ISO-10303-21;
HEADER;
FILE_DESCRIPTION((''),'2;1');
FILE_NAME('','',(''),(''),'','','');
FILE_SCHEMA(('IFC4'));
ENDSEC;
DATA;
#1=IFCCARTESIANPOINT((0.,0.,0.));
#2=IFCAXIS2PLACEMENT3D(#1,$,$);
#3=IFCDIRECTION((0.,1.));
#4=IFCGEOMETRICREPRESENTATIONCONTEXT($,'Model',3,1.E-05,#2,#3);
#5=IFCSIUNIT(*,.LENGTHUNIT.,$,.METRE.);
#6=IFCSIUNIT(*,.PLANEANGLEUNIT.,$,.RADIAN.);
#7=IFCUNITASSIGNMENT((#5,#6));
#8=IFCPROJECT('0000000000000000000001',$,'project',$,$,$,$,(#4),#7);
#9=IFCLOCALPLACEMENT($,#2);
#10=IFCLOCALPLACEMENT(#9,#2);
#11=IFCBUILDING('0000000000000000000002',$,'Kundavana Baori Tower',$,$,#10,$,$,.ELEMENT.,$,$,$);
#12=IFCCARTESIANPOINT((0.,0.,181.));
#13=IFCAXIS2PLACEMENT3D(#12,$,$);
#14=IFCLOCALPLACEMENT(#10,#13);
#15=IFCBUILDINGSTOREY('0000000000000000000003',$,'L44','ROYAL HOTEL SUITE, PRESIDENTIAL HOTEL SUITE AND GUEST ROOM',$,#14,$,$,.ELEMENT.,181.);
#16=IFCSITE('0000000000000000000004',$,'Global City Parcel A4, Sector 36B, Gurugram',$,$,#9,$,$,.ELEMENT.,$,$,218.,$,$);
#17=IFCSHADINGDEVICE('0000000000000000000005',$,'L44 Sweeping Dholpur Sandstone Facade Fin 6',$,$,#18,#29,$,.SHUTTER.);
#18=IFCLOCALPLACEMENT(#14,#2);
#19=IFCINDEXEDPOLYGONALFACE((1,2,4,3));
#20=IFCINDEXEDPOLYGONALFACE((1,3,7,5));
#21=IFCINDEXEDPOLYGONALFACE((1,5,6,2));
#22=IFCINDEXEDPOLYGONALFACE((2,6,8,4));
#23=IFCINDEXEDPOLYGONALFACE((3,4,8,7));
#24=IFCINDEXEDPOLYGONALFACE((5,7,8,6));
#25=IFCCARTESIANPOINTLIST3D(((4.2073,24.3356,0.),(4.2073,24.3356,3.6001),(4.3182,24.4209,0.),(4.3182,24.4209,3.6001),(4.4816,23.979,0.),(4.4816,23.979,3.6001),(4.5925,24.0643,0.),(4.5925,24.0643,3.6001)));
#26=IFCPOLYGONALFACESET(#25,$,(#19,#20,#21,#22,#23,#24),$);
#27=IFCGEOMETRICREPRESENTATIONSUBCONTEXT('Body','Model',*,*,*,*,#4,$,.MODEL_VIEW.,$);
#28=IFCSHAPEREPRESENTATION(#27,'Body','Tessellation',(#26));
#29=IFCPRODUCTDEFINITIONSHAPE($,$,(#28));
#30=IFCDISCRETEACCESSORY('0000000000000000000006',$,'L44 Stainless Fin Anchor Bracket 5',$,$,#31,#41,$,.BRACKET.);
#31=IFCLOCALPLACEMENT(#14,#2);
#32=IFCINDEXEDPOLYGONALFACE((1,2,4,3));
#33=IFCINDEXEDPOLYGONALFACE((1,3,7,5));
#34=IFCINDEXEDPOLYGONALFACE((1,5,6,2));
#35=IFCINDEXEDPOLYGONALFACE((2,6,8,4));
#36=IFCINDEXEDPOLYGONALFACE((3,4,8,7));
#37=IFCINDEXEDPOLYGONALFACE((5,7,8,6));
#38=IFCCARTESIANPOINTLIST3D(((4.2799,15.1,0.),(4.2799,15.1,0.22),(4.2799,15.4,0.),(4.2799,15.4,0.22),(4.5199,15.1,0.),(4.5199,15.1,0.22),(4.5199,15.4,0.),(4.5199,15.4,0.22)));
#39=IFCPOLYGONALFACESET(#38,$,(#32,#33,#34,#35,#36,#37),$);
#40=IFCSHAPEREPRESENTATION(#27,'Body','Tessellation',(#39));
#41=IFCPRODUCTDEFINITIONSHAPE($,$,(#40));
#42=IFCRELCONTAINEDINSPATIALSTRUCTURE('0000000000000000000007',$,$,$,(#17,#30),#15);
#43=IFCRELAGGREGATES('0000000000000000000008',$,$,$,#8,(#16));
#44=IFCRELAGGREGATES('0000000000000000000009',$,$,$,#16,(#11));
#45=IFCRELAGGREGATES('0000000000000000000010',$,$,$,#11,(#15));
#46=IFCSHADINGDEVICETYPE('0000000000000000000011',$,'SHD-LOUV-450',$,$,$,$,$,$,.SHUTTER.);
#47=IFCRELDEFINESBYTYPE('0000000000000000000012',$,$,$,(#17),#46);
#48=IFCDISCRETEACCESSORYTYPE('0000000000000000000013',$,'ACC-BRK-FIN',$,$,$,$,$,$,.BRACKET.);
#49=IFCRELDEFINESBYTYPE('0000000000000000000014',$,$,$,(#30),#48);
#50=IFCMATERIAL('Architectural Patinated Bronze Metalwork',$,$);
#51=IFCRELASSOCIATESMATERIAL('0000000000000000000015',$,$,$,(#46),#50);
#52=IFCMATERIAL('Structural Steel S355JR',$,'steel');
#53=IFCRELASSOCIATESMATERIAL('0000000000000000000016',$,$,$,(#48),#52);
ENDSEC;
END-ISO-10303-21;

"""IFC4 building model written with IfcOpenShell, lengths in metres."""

from ifc_helpers import new_model, si_unit, direction, frame, origin, origin_2d, place, context, subcontext, project, spatial, rectangle, extrude, material, type_object, element, save


model = new_model("IFC4")

# Units and contexts
model_context = context("Model", 3, precision=1e-05, world=origin(), true_north=direction((0.0, 1.0)))
body_context = subcontext(model_context, "Body", "Model", "MODEL_VIEW")
ifc_project = project(units=[si_unit("LENGTHUNIT", "METRE"), si_unit("PLANEANGLEUNIT", "RADIAN")], contexts=[model_context])

# Site, building, storey
site_placement = place(None, origin())
site = spatial("IfcSite", under=ifc_project, at=site_placement, Name="Global City Parcel A4, Sector 36B, Gurugram", CompositionType="ELEMENT", RefElevation=218.0)
building_placement = place(site_placement, origin())
building = spatial("IfcBuilding", under=site, at=building_placement, Name="Kundavana Baori Tower", CompositionType="ELEMENT")
storey_placement = place(building_placement, frame((0.0, 0.0, 181.0)))
storey = spatial("IfcBuildingStorey", under=building, at=storey_placement, Name="L44", Description="ROYAL HOTEL SUITE, PRESIDENTIAL HOTEL SUITE AND GUEST ROOM", CompositionType="ELEMENT", Elevation=181.0)

# Shading device
ifc_material_1 = material(Name="Architectural Patinated Bronze Metalwork")
shading_device_type_1 = type_object("IfcShadingDeviceType", Name="SHD-LOUV-450", PredefinedType="SHUTTER", material=ifc_material_1)
shading_device_1_placement = place(storey_placement, frame((4.3999, 24.2, 0.0), z_axis=(0.0, 0.0, 1.0), x_axis=(0.792609, 0.60973, 0.0)))
element("IfcShadingDevice", 1, at=shading_device_1_placement, inside=storey, type_object=shading_device_type_1, Name="L44 Sweeping Dholpur Sandstone Facade Fin 6", PredefinedType="SHUTTER", context=body_context, shape_type="SweptSolid", body=[
    extrude(rectangle(XDim=0.1399, YDim=0.45, at=origin_2d()), origin(), (0.0, 0.0, 1.0), 3.6001),
])

# Discrete accessory
ifc_material_2 = material(Name="Structural Steel S355JR", Category="steel")
discrete_accessory_type = type_object("IfcDiscreteAccessoryType", Name="ACC-BRK-FIN", PredefinedType="BRACKET", material=ifc_material_2)
discrete_accessory_placement = place(storey_placement, frame((4.3999, 15.25, 0.0), z_axis=(0.0, 0.0, 1.0), x_axis=(1.0, 0.0, 0.0)))
element("IfcDiscreteAccessory", 2, at=discrete_accessory_placement, inside=storey, type_object=discrete_accessory_type, Name="L44 Stainless Fin Anchor Bracket 5", PredefinedType="BRACKET", context=body_context, shape_type="SweptSolid", body=[
    extrude(rectangle(XDim=0.24, YDim=0.3, at=origin_2d()), origin(), (0.0, 0.0, 1.0), 0.22),
])

save(model, "model.ifc")
